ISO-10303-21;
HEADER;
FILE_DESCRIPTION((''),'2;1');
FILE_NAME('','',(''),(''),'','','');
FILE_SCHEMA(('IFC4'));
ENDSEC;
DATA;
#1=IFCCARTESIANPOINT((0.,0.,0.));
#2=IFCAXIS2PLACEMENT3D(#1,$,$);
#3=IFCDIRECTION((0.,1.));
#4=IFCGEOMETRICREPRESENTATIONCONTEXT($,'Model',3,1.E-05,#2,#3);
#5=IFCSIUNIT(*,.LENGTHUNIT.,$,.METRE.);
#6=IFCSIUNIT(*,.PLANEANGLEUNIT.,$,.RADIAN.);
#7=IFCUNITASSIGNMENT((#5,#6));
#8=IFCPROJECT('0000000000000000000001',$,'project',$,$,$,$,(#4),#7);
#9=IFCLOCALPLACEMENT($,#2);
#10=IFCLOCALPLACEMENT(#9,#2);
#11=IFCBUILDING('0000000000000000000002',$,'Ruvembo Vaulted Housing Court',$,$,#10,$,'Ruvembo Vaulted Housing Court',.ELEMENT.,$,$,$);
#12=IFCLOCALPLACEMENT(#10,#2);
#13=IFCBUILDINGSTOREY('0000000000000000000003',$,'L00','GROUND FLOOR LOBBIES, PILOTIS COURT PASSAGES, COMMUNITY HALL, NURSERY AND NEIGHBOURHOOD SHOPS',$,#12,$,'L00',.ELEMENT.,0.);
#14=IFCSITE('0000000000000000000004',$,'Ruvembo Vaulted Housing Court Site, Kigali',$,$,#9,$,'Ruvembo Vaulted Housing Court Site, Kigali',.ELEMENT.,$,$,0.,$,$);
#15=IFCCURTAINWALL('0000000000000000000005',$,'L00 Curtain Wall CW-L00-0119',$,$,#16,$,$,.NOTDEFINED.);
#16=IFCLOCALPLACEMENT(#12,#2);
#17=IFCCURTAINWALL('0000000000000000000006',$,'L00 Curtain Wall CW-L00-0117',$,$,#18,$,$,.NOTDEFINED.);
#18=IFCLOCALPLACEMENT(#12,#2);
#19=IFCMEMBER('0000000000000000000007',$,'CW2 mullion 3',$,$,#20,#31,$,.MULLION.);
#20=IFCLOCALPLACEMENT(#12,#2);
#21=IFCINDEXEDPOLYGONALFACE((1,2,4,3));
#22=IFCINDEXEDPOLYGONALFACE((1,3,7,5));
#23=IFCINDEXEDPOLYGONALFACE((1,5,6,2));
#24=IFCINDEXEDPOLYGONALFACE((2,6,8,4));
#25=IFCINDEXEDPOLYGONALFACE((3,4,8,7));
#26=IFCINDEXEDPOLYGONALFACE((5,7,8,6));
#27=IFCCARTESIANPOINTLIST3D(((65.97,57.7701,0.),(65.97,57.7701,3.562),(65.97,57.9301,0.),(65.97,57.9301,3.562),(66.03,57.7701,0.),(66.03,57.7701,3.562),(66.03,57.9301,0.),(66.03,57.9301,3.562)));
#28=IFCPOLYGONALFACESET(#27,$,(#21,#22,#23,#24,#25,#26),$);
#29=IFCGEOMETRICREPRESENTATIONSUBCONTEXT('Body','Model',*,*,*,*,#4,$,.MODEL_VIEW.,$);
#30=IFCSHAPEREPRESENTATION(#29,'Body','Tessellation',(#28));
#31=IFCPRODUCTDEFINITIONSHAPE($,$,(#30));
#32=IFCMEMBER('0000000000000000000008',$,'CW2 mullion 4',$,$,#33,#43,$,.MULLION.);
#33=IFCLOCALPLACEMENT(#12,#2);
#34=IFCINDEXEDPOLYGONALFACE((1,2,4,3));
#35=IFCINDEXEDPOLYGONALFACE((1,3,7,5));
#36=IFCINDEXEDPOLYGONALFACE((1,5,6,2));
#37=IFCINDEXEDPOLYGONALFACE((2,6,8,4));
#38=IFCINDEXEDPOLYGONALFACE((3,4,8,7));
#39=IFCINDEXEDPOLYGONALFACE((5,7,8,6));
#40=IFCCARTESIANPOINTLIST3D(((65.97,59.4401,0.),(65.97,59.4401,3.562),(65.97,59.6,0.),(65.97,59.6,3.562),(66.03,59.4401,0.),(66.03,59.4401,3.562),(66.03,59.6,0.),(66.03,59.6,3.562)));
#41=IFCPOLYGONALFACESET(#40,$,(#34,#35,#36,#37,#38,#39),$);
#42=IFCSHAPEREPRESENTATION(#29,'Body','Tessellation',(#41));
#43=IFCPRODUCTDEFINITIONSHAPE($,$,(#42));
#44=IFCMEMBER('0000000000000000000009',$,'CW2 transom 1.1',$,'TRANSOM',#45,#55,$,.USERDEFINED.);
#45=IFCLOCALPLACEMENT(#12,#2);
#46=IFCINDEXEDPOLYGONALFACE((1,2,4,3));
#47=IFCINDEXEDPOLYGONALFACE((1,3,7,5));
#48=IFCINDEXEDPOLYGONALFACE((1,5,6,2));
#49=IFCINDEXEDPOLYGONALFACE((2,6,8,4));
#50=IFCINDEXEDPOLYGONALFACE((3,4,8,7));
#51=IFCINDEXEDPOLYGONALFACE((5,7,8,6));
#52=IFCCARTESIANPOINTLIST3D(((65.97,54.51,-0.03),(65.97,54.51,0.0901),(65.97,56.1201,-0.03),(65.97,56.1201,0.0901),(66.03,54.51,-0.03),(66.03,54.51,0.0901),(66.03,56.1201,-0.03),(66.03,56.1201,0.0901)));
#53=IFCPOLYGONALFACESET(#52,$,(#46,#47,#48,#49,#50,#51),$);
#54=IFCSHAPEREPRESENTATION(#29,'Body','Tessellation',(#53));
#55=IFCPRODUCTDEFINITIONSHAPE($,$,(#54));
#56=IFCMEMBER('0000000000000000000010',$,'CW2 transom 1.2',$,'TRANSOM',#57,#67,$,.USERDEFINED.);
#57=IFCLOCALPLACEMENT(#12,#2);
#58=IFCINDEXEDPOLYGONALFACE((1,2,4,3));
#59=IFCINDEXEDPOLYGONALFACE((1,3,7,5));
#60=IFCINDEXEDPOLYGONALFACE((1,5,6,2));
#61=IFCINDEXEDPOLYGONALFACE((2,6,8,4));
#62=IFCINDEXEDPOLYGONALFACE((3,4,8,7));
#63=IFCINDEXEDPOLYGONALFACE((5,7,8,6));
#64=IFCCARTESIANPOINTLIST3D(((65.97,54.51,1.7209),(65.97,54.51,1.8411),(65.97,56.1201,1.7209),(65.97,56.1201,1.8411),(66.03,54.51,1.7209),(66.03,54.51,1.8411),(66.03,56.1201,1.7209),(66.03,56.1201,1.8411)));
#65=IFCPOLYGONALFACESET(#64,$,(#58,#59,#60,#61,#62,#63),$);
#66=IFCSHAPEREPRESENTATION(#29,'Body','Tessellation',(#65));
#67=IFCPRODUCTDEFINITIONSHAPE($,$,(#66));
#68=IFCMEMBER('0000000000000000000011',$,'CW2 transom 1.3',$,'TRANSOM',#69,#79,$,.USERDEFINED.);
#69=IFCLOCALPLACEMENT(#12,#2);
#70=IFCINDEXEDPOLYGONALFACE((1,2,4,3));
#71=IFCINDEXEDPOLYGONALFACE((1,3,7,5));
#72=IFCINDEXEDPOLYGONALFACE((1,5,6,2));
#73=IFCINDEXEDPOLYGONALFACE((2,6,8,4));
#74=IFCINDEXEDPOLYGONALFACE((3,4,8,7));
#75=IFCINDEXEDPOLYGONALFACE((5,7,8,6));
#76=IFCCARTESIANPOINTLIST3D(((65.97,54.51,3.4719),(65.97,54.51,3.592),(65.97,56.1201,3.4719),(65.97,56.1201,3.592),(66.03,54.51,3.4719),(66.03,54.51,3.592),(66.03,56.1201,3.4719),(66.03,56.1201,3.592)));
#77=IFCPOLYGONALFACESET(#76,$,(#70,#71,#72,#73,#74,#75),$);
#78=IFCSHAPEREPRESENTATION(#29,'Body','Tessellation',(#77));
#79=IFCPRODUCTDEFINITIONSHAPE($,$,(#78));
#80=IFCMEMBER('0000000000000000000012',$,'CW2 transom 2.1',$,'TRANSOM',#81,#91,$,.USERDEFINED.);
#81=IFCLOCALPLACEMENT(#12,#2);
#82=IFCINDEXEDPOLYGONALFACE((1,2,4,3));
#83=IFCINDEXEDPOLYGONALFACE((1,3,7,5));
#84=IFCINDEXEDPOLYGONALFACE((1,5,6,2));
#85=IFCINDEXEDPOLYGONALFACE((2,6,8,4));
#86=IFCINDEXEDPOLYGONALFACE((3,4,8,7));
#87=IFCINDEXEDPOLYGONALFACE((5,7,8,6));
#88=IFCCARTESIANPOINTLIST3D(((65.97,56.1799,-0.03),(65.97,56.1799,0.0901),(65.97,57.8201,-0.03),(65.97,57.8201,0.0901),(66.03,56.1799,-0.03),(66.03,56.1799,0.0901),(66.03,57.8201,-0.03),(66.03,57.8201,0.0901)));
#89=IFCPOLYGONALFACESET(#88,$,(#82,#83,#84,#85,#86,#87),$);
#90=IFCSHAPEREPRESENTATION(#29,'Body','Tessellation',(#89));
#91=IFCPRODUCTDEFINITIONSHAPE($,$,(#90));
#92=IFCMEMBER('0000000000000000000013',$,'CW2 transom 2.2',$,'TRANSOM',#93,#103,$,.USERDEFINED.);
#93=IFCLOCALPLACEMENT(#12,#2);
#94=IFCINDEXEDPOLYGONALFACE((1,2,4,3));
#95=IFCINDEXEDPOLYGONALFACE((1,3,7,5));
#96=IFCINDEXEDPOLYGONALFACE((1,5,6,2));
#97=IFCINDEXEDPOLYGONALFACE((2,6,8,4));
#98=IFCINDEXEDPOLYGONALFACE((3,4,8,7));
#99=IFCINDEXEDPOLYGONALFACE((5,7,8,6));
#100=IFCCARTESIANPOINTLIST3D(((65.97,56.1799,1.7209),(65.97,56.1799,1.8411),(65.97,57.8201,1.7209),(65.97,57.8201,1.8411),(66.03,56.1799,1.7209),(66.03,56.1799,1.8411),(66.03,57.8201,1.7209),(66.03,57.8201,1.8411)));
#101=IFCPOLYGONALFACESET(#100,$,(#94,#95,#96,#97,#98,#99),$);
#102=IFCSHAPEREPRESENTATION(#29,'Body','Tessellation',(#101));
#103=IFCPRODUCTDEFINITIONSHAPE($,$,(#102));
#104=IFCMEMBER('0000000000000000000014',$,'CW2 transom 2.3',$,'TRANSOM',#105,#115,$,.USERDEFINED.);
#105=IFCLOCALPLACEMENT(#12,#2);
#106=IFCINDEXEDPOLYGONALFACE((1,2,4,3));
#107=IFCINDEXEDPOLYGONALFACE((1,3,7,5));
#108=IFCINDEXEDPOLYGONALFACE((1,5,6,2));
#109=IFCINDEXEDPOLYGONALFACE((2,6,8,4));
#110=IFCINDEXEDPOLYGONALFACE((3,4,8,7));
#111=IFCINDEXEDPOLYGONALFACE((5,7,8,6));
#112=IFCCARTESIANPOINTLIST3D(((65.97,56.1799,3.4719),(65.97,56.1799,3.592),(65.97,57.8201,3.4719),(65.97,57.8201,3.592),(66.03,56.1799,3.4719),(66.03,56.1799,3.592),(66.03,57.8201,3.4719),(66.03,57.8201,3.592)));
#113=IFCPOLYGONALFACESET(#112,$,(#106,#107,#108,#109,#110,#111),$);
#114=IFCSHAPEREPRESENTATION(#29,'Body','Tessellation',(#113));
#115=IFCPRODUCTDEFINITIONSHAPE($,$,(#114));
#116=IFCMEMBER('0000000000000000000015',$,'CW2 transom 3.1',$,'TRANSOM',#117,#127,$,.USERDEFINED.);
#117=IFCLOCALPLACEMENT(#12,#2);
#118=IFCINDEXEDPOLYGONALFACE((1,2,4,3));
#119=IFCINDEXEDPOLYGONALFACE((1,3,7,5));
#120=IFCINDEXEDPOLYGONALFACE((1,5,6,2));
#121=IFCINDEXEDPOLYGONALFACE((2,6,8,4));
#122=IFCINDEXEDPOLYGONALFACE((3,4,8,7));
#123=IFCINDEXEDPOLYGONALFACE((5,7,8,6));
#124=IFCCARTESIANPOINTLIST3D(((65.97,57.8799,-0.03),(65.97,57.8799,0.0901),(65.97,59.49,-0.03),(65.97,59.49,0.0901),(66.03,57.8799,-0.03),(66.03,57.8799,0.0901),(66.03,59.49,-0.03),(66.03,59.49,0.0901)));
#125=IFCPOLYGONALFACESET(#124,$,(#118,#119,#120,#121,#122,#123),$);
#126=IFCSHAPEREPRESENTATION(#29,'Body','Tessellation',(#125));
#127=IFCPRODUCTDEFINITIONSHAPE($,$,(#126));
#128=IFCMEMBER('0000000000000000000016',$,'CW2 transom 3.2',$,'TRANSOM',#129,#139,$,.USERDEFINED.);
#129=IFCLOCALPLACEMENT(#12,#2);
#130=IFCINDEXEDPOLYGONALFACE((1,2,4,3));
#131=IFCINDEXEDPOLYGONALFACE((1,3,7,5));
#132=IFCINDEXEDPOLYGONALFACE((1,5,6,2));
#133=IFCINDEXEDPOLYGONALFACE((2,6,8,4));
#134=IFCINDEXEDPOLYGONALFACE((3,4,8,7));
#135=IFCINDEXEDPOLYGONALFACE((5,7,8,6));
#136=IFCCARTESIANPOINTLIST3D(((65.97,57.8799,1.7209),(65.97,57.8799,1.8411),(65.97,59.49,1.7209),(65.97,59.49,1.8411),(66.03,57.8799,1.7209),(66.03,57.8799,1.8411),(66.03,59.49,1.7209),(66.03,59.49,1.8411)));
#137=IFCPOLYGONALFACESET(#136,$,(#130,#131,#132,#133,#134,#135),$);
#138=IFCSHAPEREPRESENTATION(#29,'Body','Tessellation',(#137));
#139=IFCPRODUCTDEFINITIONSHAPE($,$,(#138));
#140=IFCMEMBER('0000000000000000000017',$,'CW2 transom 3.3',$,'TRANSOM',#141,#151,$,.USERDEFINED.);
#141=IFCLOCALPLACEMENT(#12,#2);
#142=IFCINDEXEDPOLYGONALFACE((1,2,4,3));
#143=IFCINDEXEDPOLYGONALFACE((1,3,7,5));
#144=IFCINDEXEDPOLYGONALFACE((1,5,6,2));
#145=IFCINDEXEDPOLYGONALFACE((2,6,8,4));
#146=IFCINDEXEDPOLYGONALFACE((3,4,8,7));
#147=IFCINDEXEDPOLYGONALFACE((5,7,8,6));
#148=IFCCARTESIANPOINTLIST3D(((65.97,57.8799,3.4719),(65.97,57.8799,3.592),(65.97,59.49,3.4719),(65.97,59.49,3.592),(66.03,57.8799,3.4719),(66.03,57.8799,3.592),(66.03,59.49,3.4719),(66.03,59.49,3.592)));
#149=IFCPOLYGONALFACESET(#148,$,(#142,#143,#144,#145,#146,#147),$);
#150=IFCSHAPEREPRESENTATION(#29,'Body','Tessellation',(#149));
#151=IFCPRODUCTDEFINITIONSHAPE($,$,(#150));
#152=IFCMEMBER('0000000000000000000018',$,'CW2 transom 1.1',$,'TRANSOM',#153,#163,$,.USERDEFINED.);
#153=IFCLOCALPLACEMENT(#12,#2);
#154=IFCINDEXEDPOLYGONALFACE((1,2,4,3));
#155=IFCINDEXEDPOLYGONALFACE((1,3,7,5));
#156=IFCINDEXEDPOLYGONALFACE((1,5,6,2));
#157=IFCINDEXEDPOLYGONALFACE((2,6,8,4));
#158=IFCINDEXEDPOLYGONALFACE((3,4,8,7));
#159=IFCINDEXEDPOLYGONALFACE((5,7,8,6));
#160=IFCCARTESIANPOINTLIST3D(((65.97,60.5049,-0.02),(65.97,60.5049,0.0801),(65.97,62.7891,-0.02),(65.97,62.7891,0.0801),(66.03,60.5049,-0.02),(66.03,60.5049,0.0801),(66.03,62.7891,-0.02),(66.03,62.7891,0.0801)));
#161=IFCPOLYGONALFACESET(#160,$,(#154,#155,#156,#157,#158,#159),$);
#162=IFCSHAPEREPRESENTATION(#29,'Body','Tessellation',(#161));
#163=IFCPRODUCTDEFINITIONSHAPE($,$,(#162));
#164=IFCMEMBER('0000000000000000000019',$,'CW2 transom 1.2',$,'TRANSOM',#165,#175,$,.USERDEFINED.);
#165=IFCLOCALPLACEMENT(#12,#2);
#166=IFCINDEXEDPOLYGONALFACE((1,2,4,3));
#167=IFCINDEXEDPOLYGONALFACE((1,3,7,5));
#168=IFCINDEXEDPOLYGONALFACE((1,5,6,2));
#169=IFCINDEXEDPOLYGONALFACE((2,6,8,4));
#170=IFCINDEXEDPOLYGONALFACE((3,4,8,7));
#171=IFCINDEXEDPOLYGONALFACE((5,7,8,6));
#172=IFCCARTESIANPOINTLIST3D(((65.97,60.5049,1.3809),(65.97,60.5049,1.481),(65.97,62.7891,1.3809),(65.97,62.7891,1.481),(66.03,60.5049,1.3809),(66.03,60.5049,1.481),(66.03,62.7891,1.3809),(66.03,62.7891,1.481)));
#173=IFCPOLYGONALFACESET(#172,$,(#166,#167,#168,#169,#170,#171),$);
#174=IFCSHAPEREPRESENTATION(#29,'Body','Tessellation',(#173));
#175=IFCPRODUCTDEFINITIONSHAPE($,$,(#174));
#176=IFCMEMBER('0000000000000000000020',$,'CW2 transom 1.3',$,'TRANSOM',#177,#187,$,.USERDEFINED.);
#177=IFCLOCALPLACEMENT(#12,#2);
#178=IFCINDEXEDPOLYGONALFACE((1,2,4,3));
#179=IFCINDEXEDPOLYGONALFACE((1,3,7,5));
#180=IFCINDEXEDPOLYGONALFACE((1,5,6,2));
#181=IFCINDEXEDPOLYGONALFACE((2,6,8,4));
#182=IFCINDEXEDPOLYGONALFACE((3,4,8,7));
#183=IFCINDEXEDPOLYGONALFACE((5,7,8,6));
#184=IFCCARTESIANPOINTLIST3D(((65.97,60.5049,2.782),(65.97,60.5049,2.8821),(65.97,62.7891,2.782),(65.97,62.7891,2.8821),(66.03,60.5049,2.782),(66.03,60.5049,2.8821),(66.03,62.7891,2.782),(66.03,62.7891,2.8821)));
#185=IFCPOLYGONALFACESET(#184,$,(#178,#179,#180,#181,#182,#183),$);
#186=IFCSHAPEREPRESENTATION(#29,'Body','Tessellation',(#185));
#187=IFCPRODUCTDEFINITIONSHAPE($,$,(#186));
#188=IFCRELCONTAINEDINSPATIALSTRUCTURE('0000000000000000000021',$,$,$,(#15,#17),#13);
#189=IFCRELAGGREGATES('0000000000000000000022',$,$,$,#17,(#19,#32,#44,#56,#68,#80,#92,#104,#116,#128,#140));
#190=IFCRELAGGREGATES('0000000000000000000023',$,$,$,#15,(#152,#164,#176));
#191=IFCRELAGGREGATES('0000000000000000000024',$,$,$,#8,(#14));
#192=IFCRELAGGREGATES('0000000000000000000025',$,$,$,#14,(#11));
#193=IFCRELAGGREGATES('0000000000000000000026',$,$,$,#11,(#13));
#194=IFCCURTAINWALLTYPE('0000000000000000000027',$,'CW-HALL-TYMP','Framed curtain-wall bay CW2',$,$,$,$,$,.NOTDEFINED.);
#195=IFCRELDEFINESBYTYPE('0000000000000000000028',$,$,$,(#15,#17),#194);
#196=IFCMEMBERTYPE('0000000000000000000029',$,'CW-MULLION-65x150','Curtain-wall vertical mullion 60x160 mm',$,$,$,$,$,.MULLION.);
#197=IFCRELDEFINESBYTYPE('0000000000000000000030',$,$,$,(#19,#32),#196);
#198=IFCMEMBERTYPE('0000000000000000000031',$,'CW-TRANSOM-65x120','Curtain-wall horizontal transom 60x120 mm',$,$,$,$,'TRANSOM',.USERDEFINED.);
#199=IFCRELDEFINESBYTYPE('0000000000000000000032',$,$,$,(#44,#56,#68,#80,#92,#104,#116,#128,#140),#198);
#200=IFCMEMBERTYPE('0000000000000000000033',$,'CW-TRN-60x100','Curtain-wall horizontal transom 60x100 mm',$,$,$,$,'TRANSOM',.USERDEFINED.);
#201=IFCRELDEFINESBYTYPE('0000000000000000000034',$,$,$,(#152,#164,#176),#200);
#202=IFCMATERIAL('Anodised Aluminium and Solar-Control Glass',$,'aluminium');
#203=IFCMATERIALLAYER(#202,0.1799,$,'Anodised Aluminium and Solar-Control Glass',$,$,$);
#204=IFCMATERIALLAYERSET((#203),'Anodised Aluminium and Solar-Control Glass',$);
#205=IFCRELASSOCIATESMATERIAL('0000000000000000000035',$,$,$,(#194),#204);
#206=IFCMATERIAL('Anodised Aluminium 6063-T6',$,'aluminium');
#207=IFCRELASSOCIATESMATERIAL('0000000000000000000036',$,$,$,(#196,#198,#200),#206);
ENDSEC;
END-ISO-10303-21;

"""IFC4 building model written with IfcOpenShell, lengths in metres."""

from ifc_helpers import new_model, si_unit, direction, frame, origin, origin_2d, place, context, subcontext, project, spatial, rectangle, extrude, material, layer, layer_set, material_profile, profile_set, type_object, element, aggregate, save


model = new_model("IFC4")

# Units and contexts
model_context = context("Model", 3, precision=1e-05, world=origin(), true_north=direction((0.0, 1.0)))
body_context = subcontext(model_context, "Body", "Model", "MODEL_VIEW")
ifc_project = project(units=[si_unit("LENGTHUNIT", "METRE"), si_unit("PLANEANGLEUNIT", "RADIAN")], contexts=[model_context])

# Site, building, storey
site_placement = place(None, origin())
site = spatial("IfcSite", under=ifc_project, at=site_placement, Name="Ruvembo Vaulted Housing Court Site, Kigali", LongName="Ruvembo Vaulted Housing Court Site, Kigali", CompositionType="ELEMENT", RefElevation=0.0)
building_placement = place(site_placement, origin())
building = spatial("IfcBuilding", under=site, at=building_placement, Name="Ruvembo Vaulted Housing Court", LongName="Ruvembo Vaulted Housing Court", CompositionType="ELEMENT")
storey_placement = place(building_placement, origin())
storey = spatial("IfcBuildingStorey", under=building, at=storey_placement, Name="L00", Description="GROUND FLOOR LOBBIES, PILOTIS COURT PASSAGES, COMMUNITY HALL, NURSERY AND NEIGHBOURHOOD SHOPS", LongName="L00", CompositionType="ELEMENT", Elevation=0.0)

# Curtain walls, members
ifc_material_1 = material(Name="Anodised Aluminium and Solar-Control Glass", Category="aluminium")
ifc_layer_1 = layer(ifc_material_1, 0.1799, Name="Anodised Aluminium and Solar-Control Glass")
ifc_layer_set_1 = layer_set([ifc_layer_1], Name="Anodised Aluminium and Solar-Control Glass")
curtain_wall_type = type_object("IfcCurtainWallType", Name="CW-HALL-TYMP", Description="Framed curtain-wall bay CW2", PredefinedType="NOTDEFINED", material=ifc_layer_set_1)
curtain_wall_1_placement = place(storey_placement, origin())
curtain_wall_1 = element("IfcCurtainWall", 1, at=curtain_wall_1_placement, inside=storey, type_object=curtain_wall_type, Name="L00 Curtain Wall CW-L00-0119", PredefinedType="NOTDEFINED")
ifc_material_2 = material(Name="Anodised Aluminium 6063-T6", Category="aluminium")
curtain_wall_2_placement = place(storey_placement, origin())
curtain_wall_2 = element("IfcCurtainWall", 2, at=curtain_wall_2_placement, inside=storey, type_object=curtain_wall_type, Name="L00 Curtain Wall CW-L00-0117", PredefinedType="NOTDEFINED")
ifc_material_profile_1 = material_profile(ifc_material_2, rectangle(XDim=0.0601, YDim=0.1599, at=origin_2d()), Name="ALU 60x160")
ifc_profile_set_1 = profile_set([ifc_material_profile_1], Name="Anodised Aluminium 6063-T6")
member_type_1 = type_object("IfcMemberType", Name="CW-MULLION-65x150", Description="Curtain-wall vertical mullion 60x160 mm", PredefinedType="MULLION", material=ifc_profile_set_1)
member_1_placement = place(storey_placement, frame((66.0, 57.8501, 0.0), z_axis=(0.0, 0.0, 1.0), x_axis=(-1.0, 0.0, 0.0)))
member_1 = element("IfcMember", 3, at=member_1_placement, type_object=member_type_1, Name="CW2 mullion 3", PredefinedType="MULLION", context=body_context, shape_type="SweptSolid", body=[
    extrude(rectangle(XDim=0.0601, YDim=0.1599, at=origin_2d()), origin(), (0.0, 0.0, 1.0), 3.562),
])
member_2_placement = place(storey_placement, frame((66.0, 59.52, 0.0), z_axis=(0.0, 0.0, 1.0), x_axis=(-1.0, 0.0, 0.0)))
member_2 = element("IfcMember", 4, at=member_2_placement, type_object=member_type_1, Name="CW2 mullion 4", PredefinedType="MULLION", context=body_context, shape_type="SweptSolid", body=[
    extrude(rectangle(XDim=0.0601, YDim=0.1599, at=origin_2d()), origin(), (0.0, 0.0, 1.0), 3.562),
])
ifc_material_profile_2 = material_profile(ifc_material_2, rectangle(XDim=0.0601, YDim=0.1201, at=origin_2d()), Name="ALU 60x120")
ifc_profile_set_2 = profile_set([ifc_material_profile_2], Name="Anodised Aluminium 6063-T6")
member_type_2 = type_object("IfcMemberType", Name="CW-TRANSOM-65x120", Description="Curtain-wall horizontal transom 60x120 mm", ElementType="TRANSOM", PredefinedType="USERDEFINED", material=ifc_profile_set_2)
member_3_placement = place(storey_placement, frame((66.0, 54.51, 0.03), z_axis=(0.0, 1.0, 0.0), x_axis=(-1.0, 0.0, 0.0)))
member_3 = element("IfcMember", 5, at=member_3_placement, type_object=member_type_2, Name="CW2 transom 1.1", ObjectType="TRANSOM", PredefinedType="USERDEFINED", context=body_context, shape_type="SweptSolid", body=[
    extrude(rectangle(XDim=0.0601, YDim=0.1201, at=origin_2d()), origin(), (0.0, 0.0, 1.0), 1.6101),
])
member_4_placement = place(storey_placement, frame((66.0, 54.51, 1.781), z_axis=(0.0, 1.0, 0.0), x_axis=(-1.0, 0.0, 0.0)))
member_4 = element("IfcMember", 6, at=member_4_placement, type_object=member_type_2, Name="CW2 transom 1.2", ObjectType="TRANSOM", PredefinedType="USERDEFINED", context=body_context, shape_type="SweptSolid", body=[
    extrude(rectangle(XDim=0.0601, YDim=0.1201, at=origin_2d()), origin(), (0.0, 0.0, 1.0), 1.6101),
])
member_5_placement = place(storey_placement, frame((66.0, 54.51, 3.532), z_axis=(0.0, 1.0, 0.0), x_axis=(-1.0, 0.0, 0.0)))
member_5 = element("IfcMember", 7, at=member_5_placement, type_object=member_type_2, Name="CW2 transom 1.3", ObjectType="TRANSOM", PredefinedType="USERDEFINED", context=body_context, shape_type="SweptSolid", body=[
    extrude(rectangle(XDim=0.0601, YDim=0.1201, at=origin_2d()), origin(), (0.0, 0.0, 1.0), 1.6101),
])
member_6_placement = place(storey_placement, frame((66.0, 56.1799, 0.03), z_axis=(0.0, 1.0, 0.0), x_axis=(-1.0, 0.0, 0.0)))
member_6 = element("IfcMember", 8, at=member_6_placement, type_object=member_type_2, Name="CW2 transom 2.1", ObjectType="TRANSOM", PredefinedType="USERDEFINED", context=body_context, shape_type="SweptSolid", body=[
    extrude(rectangle(XDim=0.0601, YDim=0.1201, at=origin_2d()), origin(), (0.0, 0.0, 1.0), 1.6401),
])
member_7_placement = place(storey_placement, frame((66.0, 56.1799, 1.781), z_axis=(0.0, 1.0, 0.0), x_axis=(-1.0, 0.0, 0.0)))
member_7 = element("IfcMember", 9, at=member_7_placement, type_object=member_type_2, Name="CW2 transom 2.2", ObjectType="TRANSOM", PredefinedType="USERDEFINED", context=body_context, shape_type="SweptSolid", body=[
    extrude(rectangle(XDim=0.0601, YDim=0.1201, at=origin_2d()), origin(), (0.0, 0.0, 1.0), 1.6401),
])
member_8_placement = place(storey_placement, frame((66.0, 56.1799, 3.532), z_axis=(0.0, 1.0, 0.0), x_axis=(-1.0, 0.0, 0.0)))
member_8 = element("IfcMember", 10, at=member_8_placement, type_object=member_type_2, Name="CW2 transom 2.3", ObjectType="TRANSOM", PredefinedType="USERDEFINED", context=body_context, shape_type="SweptSolid", body=[
    extrude(rectangle(XDim=0.0601, YDim=0.1201, at=origin_2d()), origin(), (0.0, 0.0, 1.0), 1.6401),
])
member_9_placement = place(storey_placement, frame((66.0, 57.8799, 0.03), z_axis=(0.0, 1.0, 0.0), x_axis=(-1.0, 0.0, 0.0)))
member_9 = element("IfcMember", 11, at=member_9_placement, type_object=member_type_2, Name="CW2 transom 3.1", ObjectType="TRANSOM", PredefinedType="USERDEFINED", context=body_context, shape_type="SweptSolid", body=[
    extrude(rectangle(XDim=0.0601, YDim=0.1201, at=origin_2d()), origin(), (0.0, 0.0, 1.0), 1.6101),
])
member_10_placement = place(storey_placement, frame((66.0, 57.8799, 1.781), z_axis=(0.0, 1.0, 0.0), x_axis=(-1.0, 0.0, 0.0)))
member_10 = element("IfcMember", 12, at=member_10_placement, type_object=member_type_2, Name="CW2 transom 3.2", ObjectType="TRANSOM", PredefinedType="USERDEFINED", context=body_context, shape_type="SweptSolid", body=[
    extrude(rectangle(XDim=0.0601, YDim=0.1201, at=origin_2d()), origin(), (0.0, 0.0, 1.0), 1.6101),
])
member_11_placement = place(storey_placement, frame((66.0, 57.8799, 3.532), z_axis=(0.0, 1.0, 0.0), x_axis=(-1.0, 0.0, 0.0)))
member_11 = element("IfcMember", 13, at=member_11_placement, type_object=member_type_2, Name="CW2 transom 3.3", ObjectType="TRANSOM", PredefinedType="USERDEFINED", context=body_context, shape_type="SweptSolid", body=[
    extrude(rectangle(XDim=0.0601, YDim=0.1201, at=origin_2d()), origin(), (0.0, 0.0, 1.0), 1.6101),
])

# Members
ifc_material_profile_3 = material_profile(ifc_material_2, rectangle(XDim=0.0601, YDim=0.1001, at=origin_2d()), Name="ALU 60x100")
ifc_profile_set_3 = profile_set([ifc_material_profile_3], Name="Anodised Aluminium 6063-T6")
member_type_3 = type_object("IfcMemberType", Name="CW-TRN-60x100", Description="Curtain-wall horizontal transom 60x100 mm", ElementType="TRANSOM", PredefinedType="USERDEFINED", material=ifc_profile_set_3)
member_12_placement = place(storey_placement, frame((66.0, 60.5049, 0.03), z_axis=(0.0, 1.0, 0.0), x_axis=(-1.0, 0.0, 0.0)))
member_12 = element("IfcMember", 14, at=member_12_placement, type_object=member_type_3, Name="CW2 transom 1.1", ObjectType="TRANSOM", PredefinedType="USERDEFINED", context=body_context, shape_type="SweptSolid", body=[
    extrude(rectangle(XDim=0.0601, YDim=0.1001, at=origin_2d()), origin(), (0.0, 0.0, 1.0), 2.2842),
])
member_13_placement = place(storey_placement, frame((66.0, 60.5049, 1.4309), z_axis=(0.0, 1.0, 0.0), x_axis=(-1.0, 0.0, 0.0)))
member_13 = element("IfcMember", 15, at=member_13_placement, type_object=member_type_3, Name="CW2 transom 1.2", ObjectType="TRANSOM", PredefinedType="USERDEFINED", context=body_context, shape_type="SweptSolid", body=[
    extrude(rectangle(XDim=0.0601, YDim=0.1001, at=origin_2d()), origin(), (0.0, 0.0, 1.0), 2.2842),
])
member_14_placement = place(storey_placement, frame((66.0, 60.5049, 2.832), z_axis=(0.0, 1.0, 0.0), x_axis=(-1.0, 0.0, 0.0)))
member_14 = element("IfcMember", 16, at=member_14_placement, type_object=member_type_3, Name="CW2 transom 1.3", ObjectType="TRANSOM", PredefinedType="USERDEFINED", context=body_context, shape_type="SweptSolid", body=[
    extrude(rectangle(XDim=0.0601, YDim=0.1001, at=origin_2d()), origin(), (0.0, 0.0, 1.0), 2.2842),
])

aggregate(curtain_wall_2, [member_1, member_2, member_3, member_4, member_5, member_6, member_7, member_8, member_9, member_10, member_11])
aggregate(curtain_wall_1, [member_12, member_13, member_14])

save(model, "model.ifc")
